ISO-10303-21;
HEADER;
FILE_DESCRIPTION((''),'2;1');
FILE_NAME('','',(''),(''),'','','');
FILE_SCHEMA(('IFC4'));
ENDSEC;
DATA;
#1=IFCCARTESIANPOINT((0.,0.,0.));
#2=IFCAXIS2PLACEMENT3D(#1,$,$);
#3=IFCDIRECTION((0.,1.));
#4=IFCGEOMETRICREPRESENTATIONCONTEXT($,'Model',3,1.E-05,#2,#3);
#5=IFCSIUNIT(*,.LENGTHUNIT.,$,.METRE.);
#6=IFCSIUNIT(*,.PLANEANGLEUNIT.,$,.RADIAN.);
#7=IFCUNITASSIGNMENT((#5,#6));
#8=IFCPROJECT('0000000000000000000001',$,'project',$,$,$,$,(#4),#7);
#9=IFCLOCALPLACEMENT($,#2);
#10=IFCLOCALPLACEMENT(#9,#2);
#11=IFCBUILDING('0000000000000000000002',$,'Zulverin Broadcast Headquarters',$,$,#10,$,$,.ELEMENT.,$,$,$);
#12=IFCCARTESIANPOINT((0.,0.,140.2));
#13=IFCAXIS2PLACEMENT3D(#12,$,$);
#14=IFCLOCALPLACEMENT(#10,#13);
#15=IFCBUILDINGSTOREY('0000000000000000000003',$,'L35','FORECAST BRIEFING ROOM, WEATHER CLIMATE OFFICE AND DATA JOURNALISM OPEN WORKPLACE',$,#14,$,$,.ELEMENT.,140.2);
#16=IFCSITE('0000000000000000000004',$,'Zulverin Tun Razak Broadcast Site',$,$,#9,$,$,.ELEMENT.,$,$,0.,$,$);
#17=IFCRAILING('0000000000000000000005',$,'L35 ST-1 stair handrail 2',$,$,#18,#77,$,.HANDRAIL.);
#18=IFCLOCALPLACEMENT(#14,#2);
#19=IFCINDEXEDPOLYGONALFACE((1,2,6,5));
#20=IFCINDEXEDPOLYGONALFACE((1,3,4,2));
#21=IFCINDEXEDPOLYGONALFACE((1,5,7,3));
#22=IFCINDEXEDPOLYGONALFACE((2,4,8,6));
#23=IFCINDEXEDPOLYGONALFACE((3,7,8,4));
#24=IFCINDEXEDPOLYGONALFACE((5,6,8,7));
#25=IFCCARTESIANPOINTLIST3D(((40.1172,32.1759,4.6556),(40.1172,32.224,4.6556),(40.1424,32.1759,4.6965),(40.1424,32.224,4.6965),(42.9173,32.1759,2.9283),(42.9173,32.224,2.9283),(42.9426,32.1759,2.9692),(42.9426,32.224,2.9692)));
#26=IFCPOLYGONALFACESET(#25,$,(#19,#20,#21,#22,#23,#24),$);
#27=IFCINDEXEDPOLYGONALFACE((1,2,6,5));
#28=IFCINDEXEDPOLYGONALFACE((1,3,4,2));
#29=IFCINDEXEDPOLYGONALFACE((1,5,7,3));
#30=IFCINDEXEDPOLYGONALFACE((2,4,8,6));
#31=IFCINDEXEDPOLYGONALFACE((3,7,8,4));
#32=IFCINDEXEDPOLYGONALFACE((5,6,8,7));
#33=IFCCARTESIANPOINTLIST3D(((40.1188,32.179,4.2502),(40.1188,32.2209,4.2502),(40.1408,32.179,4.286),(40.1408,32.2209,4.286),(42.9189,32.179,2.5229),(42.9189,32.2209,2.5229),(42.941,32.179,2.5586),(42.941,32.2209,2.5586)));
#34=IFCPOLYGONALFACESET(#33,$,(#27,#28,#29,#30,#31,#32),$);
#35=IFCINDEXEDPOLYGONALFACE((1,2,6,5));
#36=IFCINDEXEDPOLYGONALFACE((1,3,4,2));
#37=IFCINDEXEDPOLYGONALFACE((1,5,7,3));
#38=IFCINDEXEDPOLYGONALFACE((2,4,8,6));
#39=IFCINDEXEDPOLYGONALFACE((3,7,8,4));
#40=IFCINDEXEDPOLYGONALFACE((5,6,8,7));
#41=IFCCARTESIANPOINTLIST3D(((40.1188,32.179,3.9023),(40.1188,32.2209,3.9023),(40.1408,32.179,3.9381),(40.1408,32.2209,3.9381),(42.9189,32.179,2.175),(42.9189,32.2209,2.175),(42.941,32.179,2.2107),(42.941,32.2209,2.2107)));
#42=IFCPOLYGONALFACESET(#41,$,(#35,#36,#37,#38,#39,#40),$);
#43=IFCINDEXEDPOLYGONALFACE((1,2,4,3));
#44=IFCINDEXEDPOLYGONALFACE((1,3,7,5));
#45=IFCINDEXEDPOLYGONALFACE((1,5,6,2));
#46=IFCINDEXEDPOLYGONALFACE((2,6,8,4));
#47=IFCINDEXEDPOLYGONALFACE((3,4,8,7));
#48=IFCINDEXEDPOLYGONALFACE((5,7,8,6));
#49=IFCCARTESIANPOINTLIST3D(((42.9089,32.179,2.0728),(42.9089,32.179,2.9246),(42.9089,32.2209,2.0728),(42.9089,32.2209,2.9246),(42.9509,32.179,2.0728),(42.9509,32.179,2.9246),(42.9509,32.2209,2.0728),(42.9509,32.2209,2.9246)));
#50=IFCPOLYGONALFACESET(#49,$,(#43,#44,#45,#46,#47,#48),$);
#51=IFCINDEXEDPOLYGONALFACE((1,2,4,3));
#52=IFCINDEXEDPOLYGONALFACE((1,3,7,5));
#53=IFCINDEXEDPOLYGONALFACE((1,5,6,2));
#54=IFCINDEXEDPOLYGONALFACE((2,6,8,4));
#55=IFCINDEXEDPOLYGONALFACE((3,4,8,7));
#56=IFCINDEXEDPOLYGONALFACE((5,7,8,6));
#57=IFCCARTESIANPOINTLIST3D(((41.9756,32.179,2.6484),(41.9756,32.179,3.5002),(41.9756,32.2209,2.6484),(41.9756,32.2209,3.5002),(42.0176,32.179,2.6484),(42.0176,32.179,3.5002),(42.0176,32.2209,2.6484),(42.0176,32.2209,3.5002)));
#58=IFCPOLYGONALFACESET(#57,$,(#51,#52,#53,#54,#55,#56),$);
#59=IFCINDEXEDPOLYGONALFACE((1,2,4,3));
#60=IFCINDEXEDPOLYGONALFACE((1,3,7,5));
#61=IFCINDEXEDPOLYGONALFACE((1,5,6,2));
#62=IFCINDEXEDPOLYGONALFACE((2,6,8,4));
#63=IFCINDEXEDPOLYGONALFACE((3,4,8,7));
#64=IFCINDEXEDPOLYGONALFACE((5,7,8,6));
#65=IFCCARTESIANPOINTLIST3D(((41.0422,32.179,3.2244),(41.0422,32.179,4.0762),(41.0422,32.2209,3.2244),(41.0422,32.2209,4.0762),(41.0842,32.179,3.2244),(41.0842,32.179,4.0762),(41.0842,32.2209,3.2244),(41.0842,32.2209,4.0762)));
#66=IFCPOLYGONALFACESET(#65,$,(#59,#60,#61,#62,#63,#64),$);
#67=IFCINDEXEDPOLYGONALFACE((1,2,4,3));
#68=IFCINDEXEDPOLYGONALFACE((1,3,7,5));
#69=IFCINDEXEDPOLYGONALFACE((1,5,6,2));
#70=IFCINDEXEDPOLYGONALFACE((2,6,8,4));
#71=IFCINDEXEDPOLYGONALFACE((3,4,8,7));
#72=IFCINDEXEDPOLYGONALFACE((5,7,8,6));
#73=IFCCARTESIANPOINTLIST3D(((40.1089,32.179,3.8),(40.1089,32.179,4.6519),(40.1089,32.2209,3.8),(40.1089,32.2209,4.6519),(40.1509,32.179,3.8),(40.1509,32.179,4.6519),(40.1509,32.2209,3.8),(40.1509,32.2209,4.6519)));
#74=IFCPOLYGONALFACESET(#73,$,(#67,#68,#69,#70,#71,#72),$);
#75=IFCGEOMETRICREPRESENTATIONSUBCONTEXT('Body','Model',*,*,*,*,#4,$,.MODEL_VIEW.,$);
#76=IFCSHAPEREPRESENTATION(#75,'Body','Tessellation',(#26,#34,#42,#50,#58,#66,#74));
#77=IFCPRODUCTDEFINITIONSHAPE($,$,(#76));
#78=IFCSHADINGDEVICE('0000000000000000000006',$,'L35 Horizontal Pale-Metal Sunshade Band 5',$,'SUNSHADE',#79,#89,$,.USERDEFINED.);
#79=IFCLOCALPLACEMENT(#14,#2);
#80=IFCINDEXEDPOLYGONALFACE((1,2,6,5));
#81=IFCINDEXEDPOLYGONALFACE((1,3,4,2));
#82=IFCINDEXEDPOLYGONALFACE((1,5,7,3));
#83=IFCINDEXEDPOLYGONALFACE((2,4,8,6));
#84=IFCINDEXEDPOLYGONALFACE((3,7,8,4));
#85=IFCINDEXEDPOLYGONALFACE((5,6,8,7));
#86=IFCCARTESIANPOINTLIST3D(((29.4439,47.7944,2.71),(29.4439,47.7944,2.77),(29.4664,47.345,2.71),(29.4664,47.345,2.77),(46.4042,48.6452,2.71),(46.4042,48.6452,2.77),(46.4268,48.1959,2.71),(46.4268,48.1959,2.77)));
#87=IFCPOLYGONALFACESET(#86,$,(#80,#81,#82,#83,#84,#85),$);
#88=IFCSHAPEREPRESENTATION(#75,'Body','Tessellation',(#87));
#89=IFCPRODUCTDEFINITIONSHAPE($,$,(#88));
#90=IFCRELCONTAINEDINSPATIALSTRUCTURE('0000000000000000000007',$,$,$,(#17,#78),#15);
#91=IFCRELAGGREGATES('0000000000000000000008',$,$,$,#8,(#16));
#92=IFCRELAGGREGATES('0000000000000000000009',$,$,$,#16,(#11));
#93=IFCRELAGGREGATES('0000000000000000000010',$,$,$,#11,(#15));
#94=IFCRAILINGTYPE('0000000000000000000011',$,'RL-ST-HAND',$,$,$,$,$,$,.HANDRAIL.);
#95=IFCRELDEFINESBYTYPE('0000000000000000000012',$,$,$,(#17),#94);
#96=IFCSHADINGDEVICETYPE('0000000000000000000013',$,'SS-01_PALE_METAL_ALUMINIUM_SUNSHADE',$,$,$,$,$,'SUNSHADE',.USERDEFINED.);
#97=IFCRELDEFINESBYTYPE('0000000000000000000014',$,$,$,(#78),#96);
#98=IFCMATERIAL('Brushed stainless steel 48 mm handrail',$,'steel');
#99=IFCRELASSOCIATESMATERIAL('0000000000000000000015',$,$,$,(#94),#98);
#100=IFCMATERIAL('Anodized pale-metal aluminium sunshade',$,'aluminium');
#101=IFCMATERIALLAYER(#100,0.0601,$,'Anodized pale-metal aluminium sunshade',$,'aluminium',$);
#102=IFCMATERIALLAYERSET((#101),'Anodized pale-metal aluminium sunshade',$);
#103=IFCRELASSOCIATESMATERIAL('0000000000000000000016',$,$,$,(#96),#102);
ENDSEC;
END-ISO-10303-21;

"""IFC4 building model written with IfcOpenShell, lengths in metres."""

from ifc_helpers import new_model, si_unit, direction, frame, origin, origin_2d, place, context, subcontext, project, spatial, rectangle, extrude, material, layer, layer_set, type_object, element, save


model = new_model("IFC4")

# Units and contexts
model_context = context("Model", 3, precision=1e-05, world=origin(), true_north=direction((0.0, 1.0)))
body_context = subcontext(model_context, "Body", "Model", "MODEL_VIEW")
ifc_project = project(units=[si_unit("LENGTHUNIT", "METRE"), si_unit("PLANEANGLEUNIT", "RADIAN")], contexts=[model_context])

# Site, building, storey
site_placement = place(None, origin())
site = spatial("IfcSite", under=ifc_project, at=site_placement, Name="Zulverin Tun Razak Broadcast Site", CompositionType="ELEMENT", RefElevation=0.0)
building_placement = place(site_placement, origin())
building = spatial("IfcBuilding", under=site, at=building_placement, Name="Zulverin Broadcast Headquarters", CompositionType="ELEMENT")
storey_placement = place(building_placement, frame((0.0, 0.0, 140.2)))
storey = spatial("IfcBuildingStorey", under=building, at=storey_placement, Name="L35", Description="FORECAST BRIEFING ROOM, WEATHER CLIMATE OFFICE AND DATA JOURNALISM OPEN WORKPLACE", CompositionType="ELEMENT", Elevation=140.2)

# Railing
ifc_material_1 = material(Name="Brushed stainless steel 48 mm handrail", Category="steel")
railing_type_1 = type_object("IfcRailingType", Name="RL-ST-HAND", PredefinedType="HANDRAIL", material=ifc_material_1)
railing_1_placement = place(storey_placement, frame((42.9299, 32.2, 2.0728)))
element("IfcRailing", 1, at=railing_1_placement, inside=storey, type_object=railing_type_1, Name="L35 ST-1 stair handrail 2", PredefinedType="HANDRAIL", context=body_context, shape_type="SweptSolid", body=[
    extrude(rectangle(XDim=0.0481, YDim=0.0481, at=origin_2d()), frame((0.0, 0.0, 0.876), z_axis=(-0.85109, 0.0, 0.52502), x_axis=(0.0, -1.0, 0.0)), (0.0, 0.0, 1.0), 3.29),
    extrude(rectangle(XDim=0.042, YDim=0.042, at=origin_2d()), frame((0.0, 0.0, 0.468), z_axis=(-0.85109, 0.0, 0.52502), x_axis=(0.0, -1.0, 0.0)), (0.0, 0.0, 1.0), 3.29),
    extrude(rectangle(XDim=0.042, YDim=0.042, at=origin_2d()), frame((0.0, 0.0, 0.1201), z_axis=(-0.85109, 0.0, 0.52502), x_axis=(0.0, -1.0, 0.0)), (0.0, 0.0, 1.0), 3.29),
    extrude(rectangle(XDim=0.042, YDim=0.042, at=origin_2d()), origin(), (0.0, 0.0, 1.0), 0.8518),
    extrude(rectangle(XDim=0.042, YDim=0.042, at=origin_2d()), frame((-0.9333, 0.0, 0.5757)), (0.0, 0.0, 1.0), 0.8518),
    extrude(rectangle(XDim=0.042, YDim=0.042, at=origin_2d()), frame((-1.8667, 0.0, 1.1516)), (0.0, 0.0, 1.0), 0.8518),
    extrude(rectangle(XDim=0.042, YDim=0.042, at=origin_2d()), frame((-2.8, 0.0, 1.7273)), (0.0, 0.0, 1.0), 0.8518),
])

# Shading device
ifc_material_2 = material(Name="Anodized pale-metal aluminium sunshade", Category="aluminium")
ifc_layer_1 = layer(ifc_material_2, 0.0601, Name="Anodized pale-metal aluminium sunshade", Category="aluminium")
ifc_layer_set_1 = layer_set([ifc_layer_1], Name="Anodized pale-metal aluminium sunshade")
shading_device_type = type_object("IfcShadingDeviceType", Name="SS-01_PALE_METAL_ALUMINIUM_SUNSHADE", ElementType="SUNSHADE", PredefinedType="USERDEFINED", material=ifc_layer_set_1)
shading_device_placement = place(storey_placement, frame((37.9353, 47.9951, 2.71), z_axis=(0.0, 0.0, 1.0), x_axis=(-0.998744, -0.050105, 0.0)))
element("IfcShadingDevice", 2, at=shading_device_placement, inside=storey, type_object=shading_device_type, Name="L35 Horizontal Pale-Metal Sunshade Band 5", ObjectType="SUNSHADE", PredefinedType="USERDEFINED", context=body_context, shape_type="SweptSolid", body=[
    extrude(rectangle(XDim=16.9817, YDim=0.45, at=origin_2d()), origin(), (0.0, 0.0, 1.0), 0.0601),
])

save(model, "model.ifc")
